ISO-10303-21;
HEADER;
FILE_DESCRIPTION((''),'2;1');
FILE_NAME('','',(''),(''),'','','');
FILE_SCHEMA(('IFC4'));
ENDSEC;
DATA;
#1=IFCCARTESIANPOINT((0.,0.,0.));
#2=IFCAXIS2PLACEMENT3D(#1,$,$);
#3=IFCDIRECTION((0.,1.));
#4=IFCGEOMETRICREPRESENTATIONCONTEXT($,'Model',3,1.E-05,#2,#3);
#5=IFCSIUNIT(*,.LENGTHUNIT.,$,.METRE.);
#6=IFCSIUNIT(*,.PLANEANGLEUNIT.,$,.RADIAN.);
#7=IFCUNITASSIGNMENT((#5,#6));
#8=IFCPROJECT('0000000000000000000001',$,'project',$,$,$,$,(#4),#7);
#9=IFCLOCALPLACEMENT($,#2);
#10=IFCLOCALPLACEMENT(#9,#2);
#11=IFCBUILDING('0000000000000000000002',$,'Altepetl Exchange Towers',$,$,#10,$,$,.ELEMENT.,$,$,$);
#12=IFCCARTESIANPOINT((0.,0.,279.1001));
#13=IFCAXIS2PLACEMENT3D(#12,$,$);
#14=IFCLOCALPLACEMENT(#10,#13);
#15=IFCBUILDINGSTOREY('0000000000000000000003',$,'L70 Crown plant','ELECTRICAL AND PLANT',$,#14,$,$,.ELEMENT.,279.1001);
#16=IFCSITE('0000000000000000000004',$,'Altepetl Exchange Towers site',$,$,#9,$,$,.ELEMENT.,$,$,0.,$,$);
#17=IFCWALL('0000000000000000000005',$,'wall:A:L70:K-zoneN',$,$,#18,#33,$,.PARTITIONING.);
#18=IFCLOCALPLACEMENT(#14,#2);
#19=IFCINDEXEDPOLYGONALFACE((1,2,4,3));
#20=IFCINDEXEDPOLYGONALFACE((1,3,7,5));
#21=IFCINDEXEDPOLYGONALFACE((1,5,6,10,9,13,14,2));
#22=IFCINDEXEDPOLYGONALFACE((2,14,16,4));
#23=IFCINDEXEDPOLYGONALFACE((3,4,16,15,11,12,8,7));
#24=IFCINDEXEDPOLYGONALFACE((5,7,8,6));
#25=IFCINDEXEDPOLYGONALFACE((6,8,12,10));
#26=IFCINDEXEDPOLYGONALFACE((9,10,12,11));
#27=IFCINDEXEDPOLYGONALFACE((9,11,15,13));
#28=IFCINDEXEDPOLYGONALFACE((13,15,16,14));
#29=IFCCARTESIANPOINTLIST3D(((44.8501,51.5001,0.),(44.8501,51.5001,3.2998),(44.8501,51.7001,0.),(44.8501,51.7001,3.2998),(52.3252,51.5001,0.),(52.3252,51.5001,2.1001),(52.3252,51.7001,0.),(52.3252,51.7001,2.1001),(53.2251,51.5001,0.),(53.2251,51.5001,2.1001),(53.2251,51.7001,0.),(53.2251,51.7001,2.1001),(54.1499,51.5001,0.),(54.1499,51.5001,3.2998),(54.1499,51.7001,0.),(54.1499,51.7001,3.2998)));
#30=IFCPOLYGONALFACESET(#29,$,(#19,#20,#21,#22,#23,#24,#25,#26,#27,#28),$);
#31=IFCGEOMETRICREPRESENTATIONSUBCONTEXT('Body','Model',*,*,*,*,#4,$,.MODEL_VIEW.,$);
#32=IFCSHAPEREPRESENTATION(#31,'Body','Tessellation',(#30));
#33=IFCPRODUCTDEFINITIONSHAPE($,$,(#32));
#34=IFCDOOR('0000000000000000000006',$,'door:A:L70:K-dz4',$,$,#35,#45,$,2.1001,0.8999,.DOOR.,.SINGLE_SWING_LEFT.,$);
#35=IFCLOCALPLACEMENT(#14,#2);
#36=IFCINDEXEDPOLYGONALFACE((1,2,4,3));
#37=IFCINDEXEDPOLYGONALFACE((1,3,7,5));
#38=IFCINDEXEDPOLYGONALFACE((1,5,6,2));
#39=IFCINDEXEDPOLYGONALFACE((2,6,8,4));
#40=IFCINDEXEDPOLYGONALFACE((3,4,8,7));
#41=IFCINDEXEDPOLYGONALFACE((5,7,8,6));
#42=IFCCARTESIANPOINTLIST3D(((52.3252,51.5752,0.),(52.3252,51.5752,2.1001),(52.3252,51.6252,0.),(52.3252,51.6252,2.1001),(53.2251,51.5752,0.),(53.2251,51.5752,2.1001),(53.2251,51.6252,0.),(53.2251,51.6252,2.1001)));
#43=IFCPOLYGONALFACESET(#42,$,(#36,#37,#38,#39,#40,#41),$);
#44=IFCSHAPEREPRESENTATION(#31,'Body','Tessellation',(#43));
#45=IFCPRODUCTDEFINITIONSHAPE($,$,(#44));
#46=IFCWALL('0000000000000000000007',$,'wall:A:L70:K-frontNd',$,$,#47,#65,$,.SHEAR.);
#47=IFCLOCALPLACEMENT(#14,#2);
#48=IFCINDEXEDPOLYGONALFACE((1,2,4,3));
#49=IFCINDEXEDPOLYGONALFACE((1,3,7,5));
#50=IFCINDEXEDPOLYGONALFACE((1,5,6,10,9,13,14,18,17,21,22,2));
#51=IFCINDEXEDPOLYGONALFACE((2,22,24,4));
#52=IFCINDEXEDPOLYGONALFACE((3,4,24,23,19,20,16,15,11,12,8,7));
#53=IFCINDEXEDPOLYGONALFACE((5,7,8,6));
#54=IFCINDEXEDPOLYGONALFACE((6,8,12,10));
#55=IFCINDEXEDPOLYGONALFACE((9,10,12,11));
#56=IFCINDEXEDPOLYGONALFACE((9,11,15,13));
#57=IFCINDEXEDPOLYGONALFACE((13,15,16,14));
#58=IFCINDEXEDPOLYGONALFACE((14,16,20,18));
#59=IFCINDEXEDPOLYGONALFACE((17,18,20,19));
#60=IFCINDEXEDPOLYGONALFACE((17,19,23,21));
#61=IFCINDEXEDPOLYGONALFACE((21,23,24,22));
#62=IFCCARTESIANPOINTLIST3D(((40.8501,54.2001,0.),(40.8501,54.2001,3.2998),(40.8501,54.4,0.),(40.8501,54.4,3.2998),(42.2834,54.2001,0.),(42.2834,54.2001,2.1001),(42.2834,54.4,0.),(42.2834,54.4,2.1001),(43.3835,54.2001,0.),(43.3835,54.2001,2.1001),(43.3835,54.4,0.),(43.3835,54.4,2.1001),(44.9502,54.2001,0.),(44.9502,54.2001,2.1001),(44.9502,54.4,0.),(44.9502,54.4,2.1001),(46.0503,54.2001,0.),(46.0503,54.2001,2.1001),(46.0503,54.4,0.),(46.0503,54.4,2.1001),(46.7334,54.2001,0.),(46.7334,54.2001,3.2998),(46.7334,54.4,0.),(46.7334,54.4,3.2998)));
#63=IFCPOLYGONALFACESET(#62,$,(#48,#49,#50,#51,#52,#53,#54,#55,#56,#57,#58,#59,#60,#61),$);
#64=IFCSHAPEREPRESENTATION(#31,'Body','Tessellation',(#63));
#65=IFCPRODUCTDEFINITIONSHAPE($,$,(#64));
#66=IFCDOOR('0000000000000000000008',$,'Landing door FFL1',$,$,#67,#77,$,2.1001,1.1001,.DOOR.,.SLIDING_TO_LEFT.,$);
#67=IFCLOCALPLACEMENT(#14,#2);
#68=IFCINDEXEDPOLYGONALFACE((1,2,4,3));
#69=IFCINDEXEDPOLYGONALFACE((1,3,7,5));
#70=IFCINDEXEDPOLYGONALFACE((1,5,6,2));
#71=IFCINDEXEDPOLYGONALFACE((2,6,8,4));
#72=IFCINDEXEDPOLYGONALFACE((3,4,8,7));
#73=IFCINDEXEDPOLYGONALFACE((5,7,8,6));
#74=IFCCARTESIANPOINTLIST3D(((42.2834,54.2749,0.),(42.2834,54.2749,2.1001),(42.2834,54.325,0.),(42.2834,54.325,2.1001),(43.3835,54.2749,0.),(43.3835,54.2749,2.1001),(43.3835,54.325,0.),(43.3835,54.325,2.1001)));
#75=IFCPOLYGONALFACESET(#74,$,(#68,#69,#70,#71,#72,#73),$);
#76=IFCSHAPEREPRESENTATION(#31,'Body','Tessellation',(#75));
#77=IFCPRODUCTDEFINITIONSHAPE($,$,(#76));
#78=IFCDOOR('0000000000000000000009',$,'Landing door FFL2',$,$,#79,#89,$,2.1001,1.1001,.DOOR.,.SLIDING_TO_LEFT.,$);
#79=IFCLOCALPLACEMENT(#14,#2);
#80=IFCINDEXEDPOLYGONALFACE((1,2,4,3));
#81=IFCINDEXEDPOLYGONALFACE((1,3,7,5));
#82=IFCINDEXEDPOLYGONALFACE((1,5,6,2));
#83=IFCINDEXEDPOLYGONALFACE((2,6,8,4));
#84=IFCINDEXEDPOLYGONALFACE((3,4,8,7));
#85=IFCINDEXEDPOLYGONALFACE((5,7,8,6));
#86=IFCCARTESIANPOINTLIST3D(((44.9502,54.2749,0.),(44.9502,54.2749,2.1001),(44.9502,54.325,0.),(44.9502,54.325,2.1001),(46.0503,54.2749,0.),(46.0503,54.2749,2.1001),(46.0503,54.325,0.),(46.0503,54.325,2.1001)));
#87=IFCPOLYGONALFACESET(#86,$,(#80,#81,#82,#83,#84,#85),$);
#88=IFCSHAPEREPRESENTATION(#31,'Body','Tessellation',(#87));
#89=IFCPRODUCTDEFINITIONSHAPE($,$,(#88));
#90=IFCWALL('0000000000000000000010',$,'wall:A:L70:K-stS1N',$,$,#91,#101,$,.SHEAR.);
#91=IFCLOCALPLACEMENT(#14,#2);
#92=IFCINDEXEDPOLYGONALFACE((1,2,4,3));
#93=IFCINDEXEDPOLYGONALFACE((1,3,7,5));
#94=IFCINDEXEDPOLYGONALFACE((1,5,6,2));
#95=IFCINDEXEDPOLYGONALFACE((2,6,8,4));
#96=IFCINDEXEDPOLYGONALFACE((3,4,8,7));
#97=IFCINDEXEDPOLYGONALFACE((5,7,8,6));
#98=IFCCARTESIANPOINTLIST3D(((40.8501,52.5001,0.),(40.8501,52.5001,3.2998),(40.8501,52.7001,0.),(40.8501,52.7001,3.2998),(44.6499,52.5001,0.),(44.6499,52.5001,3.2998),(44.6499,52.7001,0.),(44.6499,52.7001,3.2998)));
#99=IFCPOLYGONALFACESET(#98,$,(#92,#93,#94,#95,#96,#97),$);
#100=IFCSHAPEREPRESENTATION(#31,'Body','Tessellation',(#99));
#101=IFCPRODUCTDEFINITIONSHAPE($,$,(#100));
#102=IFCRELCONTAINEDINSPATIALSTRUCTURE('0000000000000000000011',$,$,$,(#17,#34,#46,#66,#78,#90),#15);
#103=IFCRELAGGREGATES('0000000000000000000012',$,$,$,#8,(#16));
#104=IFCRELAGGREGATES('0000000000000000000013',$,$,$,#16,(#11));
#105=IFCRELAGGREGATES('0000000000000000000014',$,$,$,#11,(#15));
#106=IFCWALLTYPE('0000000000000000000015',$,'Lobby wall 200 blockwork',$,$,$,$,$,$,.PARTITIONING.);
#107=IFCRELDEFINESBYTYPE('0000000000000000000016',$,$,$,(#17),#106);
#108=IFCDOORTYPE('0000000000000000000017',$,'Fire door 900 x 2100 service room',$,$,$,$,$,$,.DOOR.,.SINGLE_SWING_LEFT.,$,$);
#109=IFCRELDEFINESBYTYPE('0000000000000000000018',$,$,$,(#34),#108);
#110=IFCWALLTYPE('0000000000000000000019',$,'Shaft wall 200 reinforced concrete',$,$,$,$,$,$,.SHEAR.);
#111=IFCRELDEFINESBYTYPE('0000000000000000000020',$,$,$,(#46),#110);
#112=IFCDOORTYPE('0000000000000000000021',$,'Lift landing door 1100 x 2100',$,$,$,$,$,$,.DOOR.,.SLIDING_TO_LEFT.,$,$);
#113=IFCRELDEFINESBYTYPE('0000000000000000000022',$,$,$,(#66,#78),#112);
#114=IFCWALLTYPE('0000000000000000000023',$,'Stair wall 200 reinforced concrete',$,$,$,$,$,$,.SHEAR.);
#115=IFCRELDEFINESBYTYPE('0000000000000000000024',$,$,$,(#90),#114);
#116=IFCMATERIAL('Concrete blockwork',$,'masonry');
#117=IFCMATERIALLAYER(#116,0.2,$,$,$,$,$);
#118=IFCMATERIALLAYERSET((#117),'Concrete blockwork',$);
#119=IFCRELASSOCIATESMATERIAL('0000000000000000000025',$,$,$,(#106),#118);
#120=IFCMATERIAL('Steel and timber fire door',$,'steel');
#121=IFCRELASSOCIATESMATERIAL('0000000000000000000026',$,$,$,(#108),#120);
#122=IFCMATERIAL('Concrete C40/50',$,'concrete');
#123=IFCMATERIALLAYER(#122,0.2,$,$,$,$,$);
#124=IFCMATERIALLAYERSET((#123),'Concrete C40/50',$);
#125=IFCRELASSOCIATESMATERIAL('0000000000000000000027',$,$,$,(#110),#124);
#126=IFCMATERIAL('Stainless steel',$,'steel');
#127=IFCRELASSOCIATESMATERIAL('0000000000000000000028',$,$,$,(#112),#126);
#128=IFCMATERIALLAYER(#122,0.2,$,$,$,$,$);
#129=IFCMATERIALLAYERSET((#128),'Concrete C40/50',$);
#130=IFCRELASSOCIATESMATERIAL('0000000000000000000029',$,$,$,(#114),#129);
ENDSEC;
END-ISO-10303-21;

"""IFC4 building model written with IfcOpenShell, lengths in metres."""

from ifc_helpers import new_model, si_unit, direction, frame, frame_2d, origin, place, context, subcontext, project, spatial, rectangle, extrude, material, layer, layer_set, type_object, element, fill, save


model = new_model("IFC4")

# Units and contexts
model_context = context("Model", 3, precision=1e-05, world=origin(), true_north=direction((0.0, 1.0)))
body_context = subcontext(model_context, "Body", "Model", "MODEL_VIEW")
ifc_project = project(units=[si_unit("LENGTHUNIT", "METRE"), si_unit("PLANEANGLEUNIT", "RADIAN")], contexts=[model_context])

# Site, building, storey
site_placement = place(None, origin())
site = spatial("IfcSite", under=ifc_project, at=site_placement, Name="Altepetl Exchange Towers site", CompositionType="ELEMENT", RefElevation=0.0)
building_placement = place(site_placement, origin())
building = spatial("IfcBuilding", under=site, at=building_placement, Name="Altepetl Exchange Towers", CompositionType="ELEMENT")
storey_placement = place(building_placement, frame((0.0, 0.0, 279.1001)))
storey = spatial("IfcBuildingStorey", under=building, at=storey_placement, Name="L70 Crown plant", Description="ELECTRICAL AND PLANT", CompositionType="ELEMENT", Elevation=279.1001)

# Shared definitions
ifc_material_1 = material(Name="Concrete blockwork", Category="masonry")
ifc_layer_1 = layer(ifc_material_1, 0.2)
ifc_layer_set_1 = layer_set([ifc_layer_1], Name="Concrete blockwork")
wall_type_1 = type_object("IfcWallType", Name="Lobby wall 200 blockwork", PredefinedType="PARTITIONING", material=ifc_layer_set_1)

# Wall, opening, door
ifc_material_2 = material(Name="Steel and timber fire door", Category="steel")
wall_1_placement = place(storey_placement, frame((44.8501, 51.6001, 0.0)))
wall_1 = element("IfcWall", 1, at=wall_1_placement, inside=storey, type_object=wall_type_1, Name="wall:A:L70:K-zoneN", PredefinedType="PARTITIONING", context=body_context, shape_type="SweptSolid", body=[
    extrude(rectangle(XDim=9.2998, YDim=0.2, at=frame_2d((4.6499, 0.0))), origin(), (0.0, 0.0, 1.0), 3.2998),
])
opening_1_placement = place(wall_1_placement, frame((7.4751, 0.0, 0.0)))
opening_1 = element("IfcOpeningElement", 2, at=opening_1_placement, cuts=wall_1, PredefinedType="OPENING", context=body_context, shape_type="SweptSolid", body=[
    extrude(rectangle(XDim=0.8999, YDim=2.1001, at=frame_2d((0.45, 1.05))), frame((0.0, 0.1099, 0.0), z_axis=(0.0, -1.0, 0.0), x_axis=(1.0, 0.0, 0.0)), (0.0, 0.0, 1.0), 0.22),
])
door_type_1 = type_object("IfcDoorType", Name="Fire door 900 x 2100 service room", OperationType="SINGLE_SWING_LEFT", PredefinedType="DOOR", material=ifc_material_2)
door_1_placement = place(opening_1_placement, frame((0.8999, 0.0, 0.0), x_axis=(-1.0, 0.0, 0.0)))
door_1 = element("IfcDoor", 3, at=door_1_placement, inside=storey, type_object=door_type_1, Name="door:A:L70:K-dz4", OperationType="SINGLE_SWING_LEFT", OverallHeight=2.1001, OverallWidth=0.8999, PredefinedType="DOOR", context=body_context, shape_type="SweptSolid", body=[
    extrude(rectangle(XDim=0.8999, YDim=2.1001, at=frame_2d((0.45, 1.05))), frame((0.0, 0.0249, 0.0), z_axis=(0.0, -1.0, 0.0), x_axis=(1.0, 0.0, 0.0)), (0.0, 0.0, 1.0), 0.05),
])
fill(opening_1, door_1)

# Wall, openings, doors
ifc_material_3 = material(Name="Concrete C40/50", Category="concrete")
ifc_layer_2 = layer(ifc_material_3, 0.2)
ifc_layer_set_2 = layer_set([ifc_layer_2], Name="Concrete C40/50")
wall_type_2 = type_object("IfcWallType", Name="Shaft wall 200 reinforced concrete", PredefinedType="SHEAR", material=ifc_layer_set_2)
wall_2_placement = place(storey_placement, frame((40.8501, 54.3, 0.0)))
wall_2 = element("IfcWall", 4, at=wall_2_placement, inside=storey, type_object=wall_type_2, Name="wall:A:L70:K-frontNd", PredefinedType="SHEAR", context=body_context, shape_type="SweptSolid", body=[
    extrude(rectangle(XDim=5.8833, YDim=0.2, at=frame_2d((2.9417, 0.0))), origin(), (0.0, 0.0, 1.0), 3.2998),
])
opening_2_placement = place(wall_2_placement, frame((1.4333, 0.0, 0.0)))
opening_2 = element("IfcOpeningElement", 5, at=opening_2_placement, cuts=wall_2, PredefinedType="OPENING", context=body_context, shape_type="SweptSolid", body=[
    extrude(rectangle(XDim=1.1001, YDim=2.1001, at=frame_2d((0.55, 1.05))), frame((0.0, 0.1099, 0.0), z_axis=(0.0, -1.0, 0.0), x_axis=(1.0, 0.0, 0.0)), (0.0, 0.0, 1.0), 0.22),
])
opening_3_placement = place(wall_2_placement, frame((4.1001, 0.0, 0.0)))
opening_3 = element("IfcOpeningElement", 6, at=opening_3_placement, cuts=wall_2, PredefinedType="OPENING", context=body_context, shape_type="SweptSolid", body=[
    extrude(rectangle(XDim=1.1001, YDim=2.1001, at=frame_2d((0.55, 1.05))), frame((0.0, 0.1099, 0.0), z_axis=(0.0, -1.0, 0.0), x_axis=(1.0, 0.0, 0.0)), (0.0, 0.0, 1.0), 0.22),
])
ifc_material_4 = material(Name="Stainless steel", Category="steel")
door_type_2 = type_object("IfcDoorType", Name="Lift landing door 1100 x 2100", OperationType="SLIDING_TO_LEFT", PredefinedType="DOOR", material=ifc_material_4)
door_2_placement = place(opening_2_placement, origin())
door_2 = element("IfcDoor", 7, at=door_2_placement, inside=storey, type_object=door_type_2, Name="Landing door FFL1", OperationType="SLIDING_TO_LEFT", OverallHeight=2.1001, OverallWidth=1.1001, PredefinedType="DOOR", context=body_context, shape_type="SweptSolid", body=[
    extrude(rectangle(XDim=1.1001, YDim=2.1001, at=frame_2d((0.55, 1.05))), frame((0.0, 0.0249, 0.0), z_axis=(0.0, -1.0, 0.0), x_axis=(1.0, 0.0, 0.0)), (0.0, 0.0, 1.0), 0.05),
])
fill(opening_2, door_2)
door_3_placement = place(opening_3_placement, origin())
door_3 = element("IfcDoor", 8, at=door_3_placement, inside=storey, type_object=door_type_2, Name="Landing door FFL2", OperationType="SLIDING_TO_LEFT", OverallHeight=2.1001, OverallWidth=1.1001, PredefinedType="DOOR", context=body_context, shape_type="SweptSolid", body=[
    extrude(rectangle(XDim=1.1001, YDim=2.1001, at=frame_2d((0.55, 1.05))), frame((0.0, 0.0249, 0.0), z_axis=(0.0, -1.0, 0.0), x_axis=(1.0, 0.0, 0.0)), (0.0, 0.0, 1.0), 0.05),
])
fill(opening_3, door_3)

# Wall
ifc_layer_3 = layer(ifc_material_3, 0.2)
ifc_layer_set_3 = layer_set([ifc_layer_3], Name="Concrete C40/50")
wall_type_3 = type_object("IfcWallType", Name="Stair wall 200 reinforced concrete", PredefinedType="SHEAR", material=ifc_layer_set_3)
wall_3_placement = place(storey_placement, frame((40.8501, 52.6001, 0.0)))
element("IfcWall", 9, at=wall_3_placement, inside=storey, type_object=wall_type_3, Name="wall:A:L70:K-stS1N", PredefinedType="SHEAR", context=body_context, shape_type="SweptSolid", body=[
    extrude(rectangle(XDim=3.7998, YDim=0.2, at=frame_2d((1.8999, 0.0))), origin(), (0.0, 0.0, 1.0), 3.2998),
])

save(model, "model.ifc")
